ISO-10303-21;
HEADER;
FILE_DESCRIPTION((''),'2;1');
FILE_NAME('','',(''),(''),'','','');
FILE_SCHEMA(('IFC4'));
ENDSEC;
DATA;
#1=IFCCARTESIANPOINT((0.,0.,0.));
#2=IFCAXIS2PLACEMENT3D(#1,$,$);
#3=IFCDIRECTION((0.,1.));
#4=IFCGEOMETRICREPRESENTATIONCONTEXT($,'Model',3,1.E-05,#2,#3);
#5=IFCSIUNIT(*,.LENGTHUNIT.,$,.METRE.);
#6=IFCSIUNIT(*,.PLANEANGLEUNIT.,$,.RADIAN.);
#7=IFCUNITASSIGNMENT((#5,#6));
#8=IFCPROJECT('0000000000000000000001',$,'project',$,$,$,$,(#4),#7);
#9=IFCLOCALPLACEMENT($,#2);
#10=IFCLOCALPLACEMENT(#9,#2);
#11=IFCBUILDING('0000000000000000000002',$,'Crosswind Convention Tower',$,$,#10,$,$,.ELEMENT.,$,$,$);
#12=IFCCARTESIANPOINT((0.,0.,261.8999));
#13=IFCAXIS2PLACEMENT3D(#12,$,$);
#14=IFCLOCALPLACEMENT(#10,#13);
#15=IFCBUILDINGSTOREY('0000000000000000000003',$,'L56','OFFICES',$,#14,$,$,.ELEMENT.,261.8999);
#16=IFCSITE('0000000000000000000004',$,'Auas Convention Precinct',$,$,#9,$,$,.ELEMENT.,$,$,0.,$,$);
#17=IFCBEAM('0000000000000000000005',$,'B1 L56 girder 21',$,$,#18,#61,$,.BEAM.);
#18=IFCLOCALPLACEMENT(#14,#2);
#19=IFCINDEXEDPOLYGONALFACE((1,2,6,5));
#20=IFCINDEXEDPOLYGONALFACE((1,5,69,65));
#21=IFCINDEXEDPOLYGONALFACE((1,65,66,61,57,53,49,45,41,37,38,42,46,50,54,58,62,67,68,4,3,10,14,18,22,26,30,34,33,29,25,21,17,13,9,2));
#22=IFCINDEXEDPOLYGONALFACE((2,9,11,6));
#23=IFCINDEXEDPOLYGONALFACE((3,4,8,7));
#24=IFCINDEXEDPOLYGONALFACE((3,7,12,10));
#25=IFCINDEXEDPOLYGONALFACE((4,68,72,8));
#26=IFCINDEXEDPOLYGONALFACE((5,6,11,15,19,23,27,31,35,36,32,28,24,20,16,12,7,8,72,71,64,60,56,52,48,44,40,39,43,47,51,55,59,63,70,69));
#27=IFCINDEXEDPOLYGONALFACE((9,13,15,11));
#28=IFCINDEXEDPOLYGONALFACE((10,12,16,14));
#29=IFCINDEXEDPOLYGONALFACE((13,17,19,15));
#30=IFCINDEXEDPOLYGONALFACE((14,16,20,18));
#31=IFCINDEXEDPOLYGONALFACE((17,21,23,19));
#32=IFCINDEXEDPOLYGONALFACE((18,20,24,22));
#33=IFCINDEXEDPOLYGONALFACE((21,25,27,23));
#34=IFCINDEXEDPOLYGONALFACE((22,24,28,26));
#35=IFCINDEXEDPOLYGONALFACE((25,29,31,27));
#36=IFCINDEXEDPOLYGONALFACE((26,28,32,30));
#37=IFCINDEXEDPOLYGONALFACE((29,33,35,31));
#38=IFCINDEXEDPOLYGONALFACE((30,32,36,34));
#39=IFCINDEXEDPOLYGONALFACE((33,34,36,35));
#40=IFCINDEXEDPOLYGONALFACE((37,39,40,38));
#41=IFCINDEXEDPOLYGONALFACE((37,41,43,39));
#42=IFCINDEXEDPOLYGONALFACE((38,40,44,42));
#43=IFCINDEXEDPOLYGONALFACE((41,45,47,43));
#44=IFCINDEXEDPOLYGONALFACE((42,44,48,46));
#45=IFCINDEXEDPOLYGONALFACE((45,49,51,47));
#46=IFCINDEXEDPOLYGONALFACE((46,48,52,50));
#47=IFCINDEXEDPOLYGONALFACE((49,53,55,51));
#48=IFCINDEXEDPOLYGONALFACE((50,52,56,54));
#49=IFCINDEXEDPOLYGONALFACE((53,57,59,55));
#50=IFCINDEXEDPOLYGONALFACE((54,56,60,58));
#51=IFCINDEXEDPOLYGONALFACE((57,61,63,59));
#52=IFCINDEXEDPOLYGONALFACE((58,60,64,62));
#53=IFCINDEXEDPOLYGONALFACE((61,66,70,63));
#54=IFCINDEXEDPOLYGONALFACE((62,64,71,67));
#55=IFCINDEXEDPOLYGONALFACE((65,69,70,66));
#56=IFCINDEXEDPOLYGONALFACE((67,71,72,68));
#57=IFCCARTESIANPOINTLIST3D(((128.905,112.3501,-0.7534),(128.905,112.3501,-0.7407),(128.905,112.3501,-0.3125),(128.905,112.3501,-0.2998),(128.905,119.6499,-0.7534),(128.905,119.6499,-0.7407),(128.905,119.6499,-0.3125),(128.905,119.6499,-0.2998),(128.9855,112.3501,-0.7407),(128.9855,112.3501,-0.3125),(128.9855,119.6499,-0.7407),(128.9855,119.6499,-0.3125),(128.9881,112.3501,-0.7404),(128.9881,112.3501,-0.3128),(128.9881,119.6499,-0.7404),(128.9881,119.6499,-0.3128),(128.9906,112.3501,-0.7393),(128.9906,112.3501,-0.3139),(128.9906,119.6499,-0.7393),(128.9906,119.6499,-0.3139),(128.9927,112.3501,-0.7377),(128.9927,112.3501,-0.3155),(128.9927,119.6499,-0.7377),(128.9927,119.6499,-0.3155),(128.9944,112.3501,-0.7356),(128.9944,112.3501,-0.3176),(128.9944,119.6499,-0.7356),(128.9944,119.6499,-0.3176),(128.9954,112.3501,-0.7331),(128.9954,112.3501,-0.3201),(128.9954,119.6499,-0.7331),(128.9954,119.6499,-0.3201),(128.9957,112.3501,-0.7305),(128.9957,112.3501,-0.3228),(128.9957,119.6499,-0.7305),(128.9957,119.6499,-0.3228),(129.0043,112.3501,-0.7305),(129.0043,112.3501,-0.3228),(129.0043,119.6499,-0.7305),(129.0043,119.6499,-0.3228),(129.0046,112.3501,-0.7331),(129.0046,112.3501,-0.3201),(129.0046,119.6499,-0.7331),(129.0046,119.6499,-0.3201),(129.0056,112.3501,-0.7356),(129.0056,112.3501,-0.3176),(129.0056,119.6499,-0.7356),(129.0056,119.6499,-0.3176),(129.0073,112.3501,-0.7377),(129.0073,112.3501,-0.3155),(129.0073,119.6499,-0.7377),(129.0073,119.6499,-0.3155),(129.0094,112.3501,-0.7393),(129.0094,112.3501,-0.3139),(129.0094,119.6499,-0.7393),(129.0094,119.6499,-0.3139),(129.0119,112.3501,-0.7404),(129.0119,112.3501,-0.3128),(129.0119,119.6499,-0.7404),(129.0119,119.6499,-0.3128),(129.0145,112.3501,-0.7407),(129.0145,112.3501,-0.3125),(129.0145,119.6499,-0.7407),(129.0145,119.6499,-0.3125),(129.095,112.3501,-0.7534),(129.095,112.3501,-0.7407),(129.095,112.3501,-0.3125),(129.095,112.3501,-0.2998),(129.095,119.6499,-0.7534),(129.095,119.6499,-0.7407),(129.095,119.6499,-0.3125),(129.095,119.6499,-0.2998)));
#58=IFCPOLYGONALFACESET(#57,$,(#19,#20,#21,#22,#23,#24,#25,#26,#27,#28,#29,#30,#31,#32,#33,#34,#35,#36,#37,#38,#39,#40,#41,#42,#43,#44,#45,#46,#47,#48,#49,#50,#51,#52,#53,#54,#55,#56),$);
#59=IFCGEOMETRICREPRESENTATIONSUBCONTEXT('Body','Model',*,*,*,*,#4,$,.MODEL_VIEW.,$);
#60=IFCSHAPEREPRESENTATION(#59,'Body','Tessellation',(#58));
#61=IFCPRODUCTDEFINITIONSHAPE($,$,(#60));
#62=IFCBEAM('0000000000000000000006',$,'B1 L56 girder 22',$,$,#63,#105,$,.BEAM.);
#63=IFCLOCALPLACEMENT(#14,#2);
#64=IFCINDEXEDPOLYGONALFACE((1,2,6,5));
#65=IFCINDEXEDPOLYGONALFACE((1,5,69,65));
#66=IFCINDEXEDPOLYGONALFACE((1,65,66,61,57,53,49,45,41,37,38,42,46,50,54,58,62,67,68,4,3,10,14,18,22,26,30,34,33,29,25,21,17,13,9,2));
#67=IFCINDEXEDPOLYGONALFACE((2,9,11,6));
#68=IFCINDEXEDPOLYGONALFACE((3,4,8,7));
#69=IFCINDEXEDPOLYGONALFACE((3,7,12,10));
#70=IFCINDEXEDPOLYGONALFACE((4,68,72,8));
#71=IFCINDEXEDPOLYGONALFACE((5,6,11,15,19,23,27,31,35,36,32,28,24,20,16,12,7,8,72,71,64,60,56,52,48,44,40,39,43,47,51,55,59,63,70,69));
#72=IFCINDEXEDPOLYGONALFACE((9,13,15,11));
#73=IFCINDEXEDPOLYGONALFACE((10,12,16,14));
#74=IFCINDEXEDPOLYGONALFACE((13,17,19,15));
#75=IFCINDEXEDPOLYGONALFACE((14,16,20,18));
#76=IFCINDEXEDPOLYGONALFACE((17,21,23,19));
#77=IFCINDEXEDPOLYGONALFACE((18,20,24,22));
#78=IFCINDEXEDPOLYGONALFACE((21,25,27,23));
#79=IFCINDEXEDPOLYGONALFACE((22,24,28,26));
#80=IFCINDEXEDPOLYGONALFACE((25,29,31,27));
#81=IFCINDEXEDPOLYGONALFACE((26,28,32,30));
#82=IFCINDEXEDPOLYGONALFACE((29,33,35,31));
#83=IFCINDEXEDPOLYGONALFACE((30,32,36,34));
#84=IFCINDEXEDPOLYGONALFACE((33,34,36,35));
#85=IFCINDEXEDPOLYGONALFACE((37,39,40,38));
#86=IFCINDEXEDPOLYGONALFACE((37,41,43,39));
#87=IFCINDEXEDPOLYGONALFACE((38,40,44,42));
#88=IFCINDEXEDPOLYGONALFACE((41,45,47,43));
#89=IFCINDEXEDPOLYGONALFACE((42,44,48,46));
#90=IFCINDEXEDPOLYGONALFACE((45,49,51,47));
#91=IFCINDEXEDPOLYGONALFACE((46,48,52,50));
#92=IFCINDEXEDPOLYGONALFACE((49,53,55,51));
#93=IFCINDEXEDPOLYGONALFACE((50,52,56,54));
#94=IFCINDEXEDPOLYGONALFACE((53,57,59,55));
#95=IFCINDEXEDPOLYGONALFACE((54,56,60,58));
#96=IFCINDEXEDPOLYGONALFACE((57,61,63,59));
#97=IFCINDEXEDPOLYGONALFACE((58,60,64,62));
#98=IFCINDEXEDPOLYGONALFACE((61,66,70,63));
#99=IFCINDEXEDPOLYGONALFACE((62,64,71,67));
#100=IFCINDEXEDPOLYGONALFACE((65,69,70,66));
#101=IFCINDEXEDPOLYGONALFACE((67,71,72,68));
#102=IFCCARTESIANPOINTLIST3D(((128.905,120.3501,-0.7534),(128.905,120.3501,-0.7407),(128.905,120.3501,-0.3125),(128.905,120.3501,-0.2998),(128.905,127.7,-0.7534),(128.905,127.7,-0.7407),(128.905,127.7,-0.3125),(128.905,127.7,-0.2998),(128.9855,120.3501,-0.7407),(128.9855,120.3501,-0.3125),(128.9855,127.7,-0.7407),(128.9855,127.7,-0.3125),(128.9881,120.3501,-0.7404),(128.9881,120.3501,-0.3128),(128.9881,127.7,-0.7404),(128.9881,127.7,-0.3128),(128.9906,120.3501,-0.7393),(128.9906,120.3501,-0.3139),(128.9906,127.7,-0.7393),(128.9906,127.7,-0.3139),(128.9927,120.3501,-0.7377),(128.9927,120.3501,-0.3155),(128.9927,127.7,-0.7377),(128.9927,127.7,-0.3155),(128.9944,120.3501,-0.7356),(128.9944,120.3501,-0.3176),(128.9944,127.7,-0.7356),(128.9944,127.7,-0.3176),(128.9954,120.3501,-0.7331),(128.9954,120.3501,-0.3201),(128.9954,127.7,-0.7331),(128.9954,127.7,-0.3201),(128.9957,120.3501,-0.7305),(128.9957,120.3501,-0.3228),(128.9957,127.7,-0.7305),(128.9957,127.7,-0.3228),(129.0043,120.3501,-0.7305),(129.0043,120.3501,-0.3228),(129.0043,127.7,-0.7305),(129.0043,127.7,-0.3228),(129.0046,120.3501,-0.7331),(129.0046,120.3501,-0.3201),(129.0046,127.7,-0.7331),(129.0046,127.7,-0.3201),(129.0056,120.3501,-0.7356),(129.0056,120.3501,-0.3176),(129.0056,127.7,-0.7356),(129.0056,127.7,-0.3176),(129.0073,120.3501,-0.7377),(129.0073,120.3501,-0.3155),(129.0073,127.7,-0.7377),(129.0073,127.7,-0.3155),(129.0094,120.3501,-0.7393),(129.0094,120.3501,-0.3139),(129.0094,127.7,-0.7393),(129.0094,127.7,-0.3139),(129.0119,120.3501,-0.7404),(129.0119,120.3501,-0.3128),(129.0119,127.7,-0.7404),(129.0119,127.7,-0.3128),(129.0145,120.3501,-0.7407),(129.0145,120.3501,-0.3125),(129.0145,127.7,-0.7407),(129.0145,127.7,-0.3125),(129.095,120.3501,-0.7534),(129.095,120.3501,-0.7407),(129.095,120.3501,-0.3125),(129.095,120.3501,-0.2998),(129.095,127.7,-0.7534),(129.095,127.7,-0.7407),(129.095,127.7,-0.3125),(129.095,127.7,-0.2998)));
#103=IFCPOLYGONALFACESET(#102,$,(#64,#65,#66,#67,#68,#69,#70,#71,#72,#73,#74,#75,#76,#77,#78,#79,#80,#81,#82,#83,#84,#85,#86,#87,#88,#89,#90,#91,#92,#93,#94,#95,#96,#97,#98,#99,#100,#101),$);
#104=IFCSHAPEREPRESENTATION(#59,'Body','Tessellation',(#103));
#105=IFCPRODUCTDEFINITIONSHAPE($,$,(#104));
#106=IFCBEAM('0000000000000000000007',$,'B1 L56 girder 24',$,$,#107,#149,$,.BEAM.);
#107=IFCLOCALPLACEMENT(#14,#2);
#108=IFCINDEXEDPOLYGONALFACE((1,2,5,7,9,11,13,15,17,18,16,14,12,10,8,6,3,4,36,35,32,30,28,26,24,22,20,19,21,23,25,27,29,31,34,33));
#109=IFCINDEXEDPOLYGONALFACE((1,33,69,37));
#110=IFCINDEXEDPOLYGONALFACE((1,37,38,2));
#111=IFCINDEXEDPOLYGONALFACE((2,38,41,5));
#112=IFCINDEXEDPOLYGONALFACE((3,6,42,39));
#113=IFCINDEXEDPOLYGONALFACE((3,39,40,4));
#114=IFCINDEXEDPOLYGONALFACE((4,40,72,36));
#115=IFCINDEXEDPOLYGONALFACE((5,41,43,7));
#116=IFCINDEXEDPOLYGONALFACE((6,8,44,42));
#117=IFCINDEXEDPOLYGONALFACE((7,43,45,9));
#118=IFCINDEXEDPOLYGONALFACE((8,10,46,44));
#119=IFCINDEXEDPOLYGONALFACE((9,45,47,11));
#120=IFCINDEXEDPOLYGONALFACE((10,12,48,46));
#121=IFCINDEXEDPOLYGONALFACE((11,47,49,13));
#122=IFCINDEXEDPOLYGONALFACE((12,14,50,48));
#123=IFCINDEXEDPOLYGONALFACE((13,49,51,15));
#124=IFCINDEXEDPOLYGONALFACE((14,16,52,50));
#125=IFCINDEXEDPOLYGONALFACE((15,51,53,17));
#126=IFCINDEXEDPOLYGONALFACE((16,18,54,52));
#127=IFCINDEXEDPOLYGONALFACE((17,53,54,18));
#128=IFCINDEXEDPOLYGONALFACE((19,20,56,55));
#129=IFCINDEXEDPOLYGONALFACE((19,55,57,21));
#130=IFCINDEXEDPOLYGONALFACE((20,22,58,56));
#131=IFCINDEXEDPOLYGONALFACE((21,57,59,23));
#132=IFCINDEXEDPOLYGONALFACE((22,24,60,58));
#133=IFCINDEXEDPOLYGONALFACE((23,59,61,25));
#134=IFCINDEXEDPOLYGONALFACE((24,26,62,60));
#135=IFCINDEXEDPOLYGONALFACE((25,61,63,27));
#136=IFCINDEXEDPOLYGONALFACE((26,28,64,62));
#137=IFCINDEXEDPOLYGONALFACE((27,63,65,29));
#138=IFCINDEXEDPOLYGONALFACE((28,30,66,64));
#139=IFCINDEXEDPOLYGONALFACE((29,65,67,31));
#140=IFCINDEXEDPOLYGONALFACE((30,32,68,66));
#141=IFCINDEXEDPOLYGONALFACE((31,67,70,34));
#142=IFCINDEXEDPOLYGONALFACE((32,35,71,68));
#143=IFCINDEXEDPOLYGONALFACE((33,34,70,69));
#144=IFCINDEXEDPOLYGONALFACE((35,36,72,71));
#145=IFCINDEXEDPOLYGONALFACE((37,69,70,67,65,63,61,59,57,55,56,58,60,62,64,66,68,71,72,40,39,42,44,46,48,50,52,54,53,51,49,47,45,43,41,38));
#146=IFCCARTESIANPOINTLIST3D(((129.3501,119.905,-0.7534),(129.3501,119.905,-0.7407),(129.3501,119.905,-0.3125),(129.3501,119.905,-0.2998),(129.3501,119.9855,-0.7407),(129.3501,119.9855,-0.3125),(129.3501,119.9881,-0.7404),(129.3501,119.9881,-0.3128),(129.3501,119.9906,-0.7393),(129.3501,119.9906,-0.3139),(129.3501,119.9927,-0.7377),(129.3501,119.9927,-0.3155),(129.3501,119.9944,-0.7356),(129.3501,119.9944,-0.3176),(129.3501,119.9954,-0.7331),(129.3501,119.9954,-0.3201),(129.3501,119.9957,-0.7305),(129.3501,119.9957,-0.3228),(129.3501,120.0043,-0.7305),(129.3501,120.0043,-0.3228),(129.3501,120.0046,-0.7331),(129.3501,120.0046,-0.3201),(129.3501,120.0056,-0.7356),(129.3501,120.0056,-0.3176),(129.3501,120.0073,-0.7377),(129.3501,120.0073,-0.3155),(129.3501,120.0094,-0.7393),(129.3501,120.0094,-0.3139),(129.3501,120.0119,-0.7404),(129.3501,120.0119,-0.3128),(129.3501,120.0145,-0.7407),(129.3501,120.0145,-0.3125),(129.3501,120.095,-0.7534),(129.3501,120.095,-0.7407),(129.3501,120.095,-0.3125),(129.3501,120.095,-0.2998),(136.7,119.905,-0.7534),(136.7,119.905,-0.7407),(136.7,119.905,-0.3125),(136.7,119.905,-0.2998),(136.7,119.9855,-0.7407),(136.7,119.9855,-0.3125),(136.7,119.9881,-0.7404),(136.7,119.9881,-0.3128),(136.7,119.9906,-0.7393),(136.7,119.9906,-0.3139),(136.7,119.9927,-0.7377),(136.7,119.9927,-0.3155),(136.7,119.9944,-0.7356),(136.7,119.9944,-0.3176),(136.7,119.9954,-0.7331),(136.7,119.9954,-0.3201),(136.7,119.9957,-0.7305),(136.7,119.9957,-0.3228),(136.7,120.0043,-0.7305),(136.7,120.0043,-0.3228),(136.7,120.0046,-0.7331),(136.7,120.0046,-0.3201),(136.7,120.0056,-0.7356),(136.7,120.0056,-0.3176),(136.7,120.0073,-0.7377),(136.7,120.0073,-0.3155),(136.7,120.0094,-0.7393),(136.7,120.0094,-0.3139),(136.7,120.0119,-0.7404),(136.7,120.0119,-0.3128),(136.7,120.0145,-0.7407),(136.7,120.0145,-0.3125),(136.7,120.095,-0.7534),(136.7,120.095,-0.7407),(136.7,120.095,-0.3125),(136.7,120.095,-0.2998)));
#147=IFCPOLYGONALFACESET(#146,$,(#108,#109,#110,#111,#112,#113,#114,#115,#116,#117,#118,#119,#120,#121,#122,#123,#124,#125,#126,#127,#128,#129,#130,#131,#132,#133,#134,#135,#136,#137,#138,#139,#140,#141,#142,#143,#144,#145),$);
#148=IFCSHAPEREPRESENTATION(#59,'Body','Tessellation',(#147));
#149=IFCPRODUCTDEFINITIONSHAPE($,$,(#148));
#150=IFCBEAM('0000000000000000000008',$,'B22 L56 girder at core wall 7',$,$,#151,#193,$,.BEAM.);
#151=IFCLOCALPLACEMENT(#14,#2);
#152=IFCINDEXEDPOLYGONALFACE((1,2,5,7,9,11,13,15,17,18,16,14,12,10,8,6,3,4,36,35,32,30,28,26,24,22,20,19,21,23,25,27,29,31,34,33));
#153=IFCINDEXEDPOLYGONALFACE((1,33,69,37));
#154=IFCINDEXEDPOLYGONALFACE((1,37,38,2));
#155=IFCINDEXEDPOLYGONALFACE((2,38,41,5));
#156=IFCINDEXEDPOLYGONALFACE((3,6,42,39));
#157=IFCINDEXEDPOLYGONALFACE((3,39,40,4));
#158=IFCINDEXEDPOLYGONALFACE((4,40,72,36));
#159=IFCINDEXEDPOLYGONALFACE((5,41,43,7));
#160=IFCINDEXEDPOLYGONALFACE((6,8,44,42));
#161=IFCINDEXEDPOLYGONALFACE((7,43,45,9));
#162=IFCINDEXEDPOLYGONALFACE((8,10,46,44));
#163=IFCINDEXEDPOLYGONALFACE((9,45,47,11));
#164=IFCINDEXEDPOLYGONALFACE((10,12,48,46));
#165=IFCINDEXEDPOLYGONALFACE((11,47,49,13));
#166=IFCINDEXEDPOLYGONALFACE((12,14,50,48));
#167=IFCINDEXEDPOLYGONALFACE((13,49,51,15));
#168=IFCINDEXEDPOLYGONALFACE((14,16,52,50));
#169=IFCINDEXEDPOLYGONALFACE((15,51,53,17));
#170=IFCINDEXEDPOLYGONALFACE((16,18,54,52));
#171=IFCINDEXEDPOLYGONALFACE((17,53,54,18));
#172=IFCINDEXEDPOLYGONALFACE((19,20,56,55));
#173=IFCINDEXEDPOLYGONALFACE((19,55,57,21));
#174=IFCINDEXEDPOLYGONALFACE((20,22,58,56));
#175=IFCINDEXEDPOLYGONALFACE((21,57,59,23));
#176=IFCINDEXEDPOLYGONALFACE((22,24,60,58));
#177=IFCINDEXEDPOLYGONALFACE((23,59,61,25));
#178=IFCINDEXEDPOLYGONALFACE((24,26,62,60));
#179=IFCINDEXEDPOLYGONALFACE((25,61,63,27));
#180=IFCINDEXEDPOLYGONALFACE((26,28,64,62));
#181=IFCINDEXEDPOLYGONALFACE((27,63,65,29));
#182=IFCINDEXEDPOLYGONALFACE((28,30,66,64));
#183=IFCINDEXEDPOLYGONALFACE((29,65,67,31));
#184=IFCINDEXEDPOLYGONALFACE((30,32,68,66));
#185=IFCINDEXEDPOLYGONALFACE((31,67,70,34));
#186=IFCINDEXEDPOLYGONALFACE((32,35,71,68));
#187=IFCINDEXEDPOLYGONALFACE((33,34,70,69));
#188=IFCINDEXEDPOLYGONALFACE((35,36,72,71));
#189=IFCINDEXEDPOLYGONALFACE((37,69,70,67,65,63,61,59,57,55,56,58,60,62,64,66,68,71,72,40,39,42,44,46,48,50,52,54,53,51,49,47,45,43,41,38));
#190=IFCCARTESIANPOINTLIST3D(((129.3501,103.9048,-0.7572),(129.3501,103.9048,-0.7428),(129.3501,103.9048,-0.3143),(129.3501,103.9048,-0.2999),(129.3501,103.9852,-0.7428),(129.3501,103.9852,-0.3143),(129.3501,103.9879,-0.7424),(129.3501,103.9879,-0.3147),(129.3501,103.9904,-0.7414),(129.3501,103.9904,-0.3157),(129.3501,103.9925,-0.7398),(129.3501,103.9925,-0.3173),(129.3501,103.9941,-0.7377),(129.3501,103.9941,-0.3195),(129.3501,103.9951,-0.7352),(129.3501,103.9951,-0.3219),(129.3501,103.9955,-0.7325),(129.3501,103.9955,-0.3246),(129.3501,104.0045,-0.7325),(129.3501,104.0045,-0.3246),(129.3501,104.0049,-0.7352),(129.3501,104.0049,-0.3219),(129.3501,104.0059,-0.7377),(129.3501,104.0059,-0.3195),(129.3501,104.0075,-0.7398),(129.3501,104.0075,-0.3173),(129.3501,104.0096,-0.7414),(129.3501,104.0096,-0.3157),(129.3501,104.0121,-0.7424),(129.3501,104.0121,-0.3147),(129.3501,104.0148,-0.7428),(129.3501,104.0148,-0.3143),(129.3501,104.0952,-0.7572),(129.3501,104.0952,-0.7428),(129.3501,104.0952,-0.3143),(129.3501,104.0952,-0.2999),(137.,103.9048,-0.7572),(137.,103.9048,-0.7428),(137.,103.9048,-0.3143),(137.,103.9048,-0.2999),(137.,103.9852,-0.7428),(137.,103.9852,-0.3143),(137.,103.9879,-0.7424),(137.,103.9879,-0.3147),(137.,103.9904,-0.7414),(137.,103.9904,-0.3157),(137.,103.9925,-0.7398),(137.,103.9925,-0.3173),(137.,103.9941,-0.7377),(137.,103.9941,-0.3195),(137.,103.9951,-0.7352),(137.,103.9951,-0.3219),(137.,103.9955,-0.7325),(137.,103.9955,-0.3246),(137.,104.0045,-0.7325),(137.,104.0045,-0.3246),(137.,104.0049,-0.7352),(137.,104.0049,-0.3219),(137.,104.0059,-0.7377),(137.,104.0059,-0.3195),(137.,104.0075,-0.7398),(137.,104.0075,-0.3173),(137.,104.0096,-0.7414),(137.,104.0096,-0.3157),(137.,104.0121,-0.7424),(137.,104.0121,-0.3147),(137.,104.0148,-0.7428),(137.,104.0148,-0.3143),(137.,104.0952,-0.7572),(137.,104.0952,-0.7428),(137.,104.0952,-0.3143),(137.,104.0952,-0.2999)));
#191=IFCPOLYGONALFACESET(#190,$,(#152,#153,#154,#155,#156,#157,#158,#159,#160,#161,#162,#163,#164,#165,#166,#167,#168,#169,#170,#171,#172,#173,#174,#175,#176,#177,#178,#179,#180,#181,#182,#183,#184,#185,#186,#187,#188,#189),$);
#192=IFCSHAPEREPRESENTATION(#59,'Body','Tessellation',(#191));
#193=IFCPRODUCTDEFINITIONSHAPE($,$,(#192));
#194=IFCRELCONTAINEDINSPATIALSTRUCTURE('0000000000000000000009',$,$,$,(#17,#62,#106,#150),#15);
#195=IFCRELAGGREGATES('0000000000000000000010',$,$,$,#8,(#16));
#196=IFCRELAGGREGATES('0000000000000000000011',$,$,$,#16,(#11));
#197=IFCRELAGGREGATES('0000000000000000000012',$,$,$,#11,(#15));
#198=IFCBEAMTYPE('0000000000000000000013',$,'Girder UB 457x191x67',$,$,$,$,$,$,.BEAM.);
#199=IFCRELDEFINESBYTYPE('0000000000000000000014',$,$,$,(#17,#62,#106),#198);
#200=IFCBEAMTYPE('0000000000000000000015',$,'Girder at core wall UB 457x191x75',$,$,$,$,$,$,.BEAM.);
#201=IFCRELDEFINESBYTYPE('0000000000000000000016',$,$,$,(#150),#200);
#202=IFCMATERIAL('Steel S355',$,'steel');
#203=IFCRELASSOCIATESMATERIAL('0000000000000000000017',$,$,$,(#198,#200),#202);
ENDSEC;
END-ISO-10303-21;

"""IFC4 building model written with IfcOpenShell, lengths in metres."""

from ifc_helpers import new_model, si_unit, direction, frame, origin, origin_2d, place, context, subcontext, project, spatial, i_section, extrude, material, material_profile, profile_set, type_object, element, save


model = new_model("IFC4")

# Units and contexts
model_context = context("Model", 3, precision=1e-05, world=origin(), true_north=direction((0.0, 1.0)))
body_context = subcontext(model_context, "Body", "Model", "MODEL_VIEW")
ifc_project = project(units=[si_unit("LENGTHUNIT", "METRE"), si_unit("PLANEANGLEUNIT", "RADIAN")], contexts=[model_context])

# Site, building, storey
site_placement = place(None, origin())
site = spatial("IfcSite", under=ifc_project, at=site_placement, Name="Auas Convention Precinct", CompositionType="ELEMENT", RefElevation=0.0)
building_placement = place(site_placement, origin())
building = spatial("IfcBuilding", under=site, at=building_placement, Name="Crosswind Convention Tower", CompositionType="ELEMENT")
storey_placement = place(building_placement, frame((0.0, 0.0, 261.8999)))
storey = spatial("IfcBuildingStorey", under=building, at=storey_placement, Name="L56", Description="OFFICES", CompositionType="ELEMENT", Elevation=261.8999)

# Beams
ifc_material_1 = material(Name="Steel S355", Category="steel")
ifc_material_profile_1 = material_profile(ifc_material_1, i_section(OverallWidth=0.1899, OverallDepth=0.4536, WebThickness=0.0085, FlangeThickness=0.0127, FilletRadius=0.0103, at=origin_2d()), Name="UB 457x191x67")
ifc_profile_set_1 = profile_set([ifc_material_profile_1], Name="Steel S355")
beam_type_1 = type_object("IfcBeamType", Name="Girder UB 457x191x67", PredefinedType="BEAM", material=ifc_profile_set_1)
for number, where, z_axis, x_axis, name in (
    (1, (129.0, 112.3501, -0.5266), (0.0, 1.0, 0.0), (-1.0, 0.0, 0.0), "B1 L56 girder 21"),
):
    element("IfcBeam", number, at=place(storey_placement, frame(where, z_axis=z_axis, x_axis=x_axis)), inside=storey, type_object=beam_type_1, Name=name, PredefinedType="BEAM", context=body_context, shape_type="SweptSolid", body=[
        extrude(i_section(OverallWidth=0.1899, OverallDepth=0.4536, WebThickness=0.0085, FlangeThickness=0.0127, FilletRadius=0.0103, at=origin_2d()), origin(), (0.0, 0.0, 1.0), 7.2998),
    ])
for number, where, z_axis, x_axis, name in (
    (2, (129.0, 120.3501, -0.5266), (0.0, 1.0, 0.0), (-1.0, 0.0, 0.0), "B1 L56 girder 22"),
    (3, (129.3501, 120.0, -0.5266), (1.0, 0.0, 0.0), (0.0, 1.0, 0.0), "B1 L56 girder 24"),
):
    element("IfcBeam", number, at=place(storey_placement, frame(where, z_axis=z_axis, x_axis=x_axis)), inside=storey, type_object=beam_type_1, Name=name, PredefinedType="BEAM", context=body_context, shape_type="SweptSolid", body=[
        extrude(i_section(OverallWidth=0.1899, OverallDepth=0.4536, WebThickness=0.0085, FlangeThickness=0.0127, FilletRadius=0.0103, at=origin_2d()), origin(), (0.0, 0.0, 1.0), 7.3499),
    ])
ifc_material_profile_2 = material_profile(ifc_material_1, i_section(OverallWidth=0.1904, OverallDepth=0.4573, WebThickness=0.009, FlangeThickness=0.0144, FilletRadius=0.0103, at=origin_2d()), Name="UB 457x191x75")
ifc_profile_set_2 = profile_set([ifc_material_profile_2], Name="Steel S355")
beam_type_2 = type_object("IfcBeamType", Name="Girder at core wall UB 457x191x75", PredefinedType="BEAM", material=ifc_profile_set_2)
for number, where, z_axis, x_axis, name in (
    (4, (129.3501, 104.0, -0.5286), (1.0, 0.0, 0.0), (0.0, 1.0, 0.0), "B22 L56 girder at core wall 7"),
):
    element("IfcBeam", number, at=place(storey_placement, frame(where, z_axis=z_axis, x_axis=x_axis)), inside=storey, type_object=beam_type_2, Name=name, PredefinedType="BEAM", context=body_context, shape_type="SweptSolid", body=[
        extrude(i_section(OverallWidth=0.1904, OverallDepth=0.4573, WebThickness=0.009, FlangeThickness=0.0144, FilletRadius=0.0103, at=origin_2d()), origin(), (0.0, 0.0, 1.0), 7.6499),
    ])

save(model, "model.ifc")
